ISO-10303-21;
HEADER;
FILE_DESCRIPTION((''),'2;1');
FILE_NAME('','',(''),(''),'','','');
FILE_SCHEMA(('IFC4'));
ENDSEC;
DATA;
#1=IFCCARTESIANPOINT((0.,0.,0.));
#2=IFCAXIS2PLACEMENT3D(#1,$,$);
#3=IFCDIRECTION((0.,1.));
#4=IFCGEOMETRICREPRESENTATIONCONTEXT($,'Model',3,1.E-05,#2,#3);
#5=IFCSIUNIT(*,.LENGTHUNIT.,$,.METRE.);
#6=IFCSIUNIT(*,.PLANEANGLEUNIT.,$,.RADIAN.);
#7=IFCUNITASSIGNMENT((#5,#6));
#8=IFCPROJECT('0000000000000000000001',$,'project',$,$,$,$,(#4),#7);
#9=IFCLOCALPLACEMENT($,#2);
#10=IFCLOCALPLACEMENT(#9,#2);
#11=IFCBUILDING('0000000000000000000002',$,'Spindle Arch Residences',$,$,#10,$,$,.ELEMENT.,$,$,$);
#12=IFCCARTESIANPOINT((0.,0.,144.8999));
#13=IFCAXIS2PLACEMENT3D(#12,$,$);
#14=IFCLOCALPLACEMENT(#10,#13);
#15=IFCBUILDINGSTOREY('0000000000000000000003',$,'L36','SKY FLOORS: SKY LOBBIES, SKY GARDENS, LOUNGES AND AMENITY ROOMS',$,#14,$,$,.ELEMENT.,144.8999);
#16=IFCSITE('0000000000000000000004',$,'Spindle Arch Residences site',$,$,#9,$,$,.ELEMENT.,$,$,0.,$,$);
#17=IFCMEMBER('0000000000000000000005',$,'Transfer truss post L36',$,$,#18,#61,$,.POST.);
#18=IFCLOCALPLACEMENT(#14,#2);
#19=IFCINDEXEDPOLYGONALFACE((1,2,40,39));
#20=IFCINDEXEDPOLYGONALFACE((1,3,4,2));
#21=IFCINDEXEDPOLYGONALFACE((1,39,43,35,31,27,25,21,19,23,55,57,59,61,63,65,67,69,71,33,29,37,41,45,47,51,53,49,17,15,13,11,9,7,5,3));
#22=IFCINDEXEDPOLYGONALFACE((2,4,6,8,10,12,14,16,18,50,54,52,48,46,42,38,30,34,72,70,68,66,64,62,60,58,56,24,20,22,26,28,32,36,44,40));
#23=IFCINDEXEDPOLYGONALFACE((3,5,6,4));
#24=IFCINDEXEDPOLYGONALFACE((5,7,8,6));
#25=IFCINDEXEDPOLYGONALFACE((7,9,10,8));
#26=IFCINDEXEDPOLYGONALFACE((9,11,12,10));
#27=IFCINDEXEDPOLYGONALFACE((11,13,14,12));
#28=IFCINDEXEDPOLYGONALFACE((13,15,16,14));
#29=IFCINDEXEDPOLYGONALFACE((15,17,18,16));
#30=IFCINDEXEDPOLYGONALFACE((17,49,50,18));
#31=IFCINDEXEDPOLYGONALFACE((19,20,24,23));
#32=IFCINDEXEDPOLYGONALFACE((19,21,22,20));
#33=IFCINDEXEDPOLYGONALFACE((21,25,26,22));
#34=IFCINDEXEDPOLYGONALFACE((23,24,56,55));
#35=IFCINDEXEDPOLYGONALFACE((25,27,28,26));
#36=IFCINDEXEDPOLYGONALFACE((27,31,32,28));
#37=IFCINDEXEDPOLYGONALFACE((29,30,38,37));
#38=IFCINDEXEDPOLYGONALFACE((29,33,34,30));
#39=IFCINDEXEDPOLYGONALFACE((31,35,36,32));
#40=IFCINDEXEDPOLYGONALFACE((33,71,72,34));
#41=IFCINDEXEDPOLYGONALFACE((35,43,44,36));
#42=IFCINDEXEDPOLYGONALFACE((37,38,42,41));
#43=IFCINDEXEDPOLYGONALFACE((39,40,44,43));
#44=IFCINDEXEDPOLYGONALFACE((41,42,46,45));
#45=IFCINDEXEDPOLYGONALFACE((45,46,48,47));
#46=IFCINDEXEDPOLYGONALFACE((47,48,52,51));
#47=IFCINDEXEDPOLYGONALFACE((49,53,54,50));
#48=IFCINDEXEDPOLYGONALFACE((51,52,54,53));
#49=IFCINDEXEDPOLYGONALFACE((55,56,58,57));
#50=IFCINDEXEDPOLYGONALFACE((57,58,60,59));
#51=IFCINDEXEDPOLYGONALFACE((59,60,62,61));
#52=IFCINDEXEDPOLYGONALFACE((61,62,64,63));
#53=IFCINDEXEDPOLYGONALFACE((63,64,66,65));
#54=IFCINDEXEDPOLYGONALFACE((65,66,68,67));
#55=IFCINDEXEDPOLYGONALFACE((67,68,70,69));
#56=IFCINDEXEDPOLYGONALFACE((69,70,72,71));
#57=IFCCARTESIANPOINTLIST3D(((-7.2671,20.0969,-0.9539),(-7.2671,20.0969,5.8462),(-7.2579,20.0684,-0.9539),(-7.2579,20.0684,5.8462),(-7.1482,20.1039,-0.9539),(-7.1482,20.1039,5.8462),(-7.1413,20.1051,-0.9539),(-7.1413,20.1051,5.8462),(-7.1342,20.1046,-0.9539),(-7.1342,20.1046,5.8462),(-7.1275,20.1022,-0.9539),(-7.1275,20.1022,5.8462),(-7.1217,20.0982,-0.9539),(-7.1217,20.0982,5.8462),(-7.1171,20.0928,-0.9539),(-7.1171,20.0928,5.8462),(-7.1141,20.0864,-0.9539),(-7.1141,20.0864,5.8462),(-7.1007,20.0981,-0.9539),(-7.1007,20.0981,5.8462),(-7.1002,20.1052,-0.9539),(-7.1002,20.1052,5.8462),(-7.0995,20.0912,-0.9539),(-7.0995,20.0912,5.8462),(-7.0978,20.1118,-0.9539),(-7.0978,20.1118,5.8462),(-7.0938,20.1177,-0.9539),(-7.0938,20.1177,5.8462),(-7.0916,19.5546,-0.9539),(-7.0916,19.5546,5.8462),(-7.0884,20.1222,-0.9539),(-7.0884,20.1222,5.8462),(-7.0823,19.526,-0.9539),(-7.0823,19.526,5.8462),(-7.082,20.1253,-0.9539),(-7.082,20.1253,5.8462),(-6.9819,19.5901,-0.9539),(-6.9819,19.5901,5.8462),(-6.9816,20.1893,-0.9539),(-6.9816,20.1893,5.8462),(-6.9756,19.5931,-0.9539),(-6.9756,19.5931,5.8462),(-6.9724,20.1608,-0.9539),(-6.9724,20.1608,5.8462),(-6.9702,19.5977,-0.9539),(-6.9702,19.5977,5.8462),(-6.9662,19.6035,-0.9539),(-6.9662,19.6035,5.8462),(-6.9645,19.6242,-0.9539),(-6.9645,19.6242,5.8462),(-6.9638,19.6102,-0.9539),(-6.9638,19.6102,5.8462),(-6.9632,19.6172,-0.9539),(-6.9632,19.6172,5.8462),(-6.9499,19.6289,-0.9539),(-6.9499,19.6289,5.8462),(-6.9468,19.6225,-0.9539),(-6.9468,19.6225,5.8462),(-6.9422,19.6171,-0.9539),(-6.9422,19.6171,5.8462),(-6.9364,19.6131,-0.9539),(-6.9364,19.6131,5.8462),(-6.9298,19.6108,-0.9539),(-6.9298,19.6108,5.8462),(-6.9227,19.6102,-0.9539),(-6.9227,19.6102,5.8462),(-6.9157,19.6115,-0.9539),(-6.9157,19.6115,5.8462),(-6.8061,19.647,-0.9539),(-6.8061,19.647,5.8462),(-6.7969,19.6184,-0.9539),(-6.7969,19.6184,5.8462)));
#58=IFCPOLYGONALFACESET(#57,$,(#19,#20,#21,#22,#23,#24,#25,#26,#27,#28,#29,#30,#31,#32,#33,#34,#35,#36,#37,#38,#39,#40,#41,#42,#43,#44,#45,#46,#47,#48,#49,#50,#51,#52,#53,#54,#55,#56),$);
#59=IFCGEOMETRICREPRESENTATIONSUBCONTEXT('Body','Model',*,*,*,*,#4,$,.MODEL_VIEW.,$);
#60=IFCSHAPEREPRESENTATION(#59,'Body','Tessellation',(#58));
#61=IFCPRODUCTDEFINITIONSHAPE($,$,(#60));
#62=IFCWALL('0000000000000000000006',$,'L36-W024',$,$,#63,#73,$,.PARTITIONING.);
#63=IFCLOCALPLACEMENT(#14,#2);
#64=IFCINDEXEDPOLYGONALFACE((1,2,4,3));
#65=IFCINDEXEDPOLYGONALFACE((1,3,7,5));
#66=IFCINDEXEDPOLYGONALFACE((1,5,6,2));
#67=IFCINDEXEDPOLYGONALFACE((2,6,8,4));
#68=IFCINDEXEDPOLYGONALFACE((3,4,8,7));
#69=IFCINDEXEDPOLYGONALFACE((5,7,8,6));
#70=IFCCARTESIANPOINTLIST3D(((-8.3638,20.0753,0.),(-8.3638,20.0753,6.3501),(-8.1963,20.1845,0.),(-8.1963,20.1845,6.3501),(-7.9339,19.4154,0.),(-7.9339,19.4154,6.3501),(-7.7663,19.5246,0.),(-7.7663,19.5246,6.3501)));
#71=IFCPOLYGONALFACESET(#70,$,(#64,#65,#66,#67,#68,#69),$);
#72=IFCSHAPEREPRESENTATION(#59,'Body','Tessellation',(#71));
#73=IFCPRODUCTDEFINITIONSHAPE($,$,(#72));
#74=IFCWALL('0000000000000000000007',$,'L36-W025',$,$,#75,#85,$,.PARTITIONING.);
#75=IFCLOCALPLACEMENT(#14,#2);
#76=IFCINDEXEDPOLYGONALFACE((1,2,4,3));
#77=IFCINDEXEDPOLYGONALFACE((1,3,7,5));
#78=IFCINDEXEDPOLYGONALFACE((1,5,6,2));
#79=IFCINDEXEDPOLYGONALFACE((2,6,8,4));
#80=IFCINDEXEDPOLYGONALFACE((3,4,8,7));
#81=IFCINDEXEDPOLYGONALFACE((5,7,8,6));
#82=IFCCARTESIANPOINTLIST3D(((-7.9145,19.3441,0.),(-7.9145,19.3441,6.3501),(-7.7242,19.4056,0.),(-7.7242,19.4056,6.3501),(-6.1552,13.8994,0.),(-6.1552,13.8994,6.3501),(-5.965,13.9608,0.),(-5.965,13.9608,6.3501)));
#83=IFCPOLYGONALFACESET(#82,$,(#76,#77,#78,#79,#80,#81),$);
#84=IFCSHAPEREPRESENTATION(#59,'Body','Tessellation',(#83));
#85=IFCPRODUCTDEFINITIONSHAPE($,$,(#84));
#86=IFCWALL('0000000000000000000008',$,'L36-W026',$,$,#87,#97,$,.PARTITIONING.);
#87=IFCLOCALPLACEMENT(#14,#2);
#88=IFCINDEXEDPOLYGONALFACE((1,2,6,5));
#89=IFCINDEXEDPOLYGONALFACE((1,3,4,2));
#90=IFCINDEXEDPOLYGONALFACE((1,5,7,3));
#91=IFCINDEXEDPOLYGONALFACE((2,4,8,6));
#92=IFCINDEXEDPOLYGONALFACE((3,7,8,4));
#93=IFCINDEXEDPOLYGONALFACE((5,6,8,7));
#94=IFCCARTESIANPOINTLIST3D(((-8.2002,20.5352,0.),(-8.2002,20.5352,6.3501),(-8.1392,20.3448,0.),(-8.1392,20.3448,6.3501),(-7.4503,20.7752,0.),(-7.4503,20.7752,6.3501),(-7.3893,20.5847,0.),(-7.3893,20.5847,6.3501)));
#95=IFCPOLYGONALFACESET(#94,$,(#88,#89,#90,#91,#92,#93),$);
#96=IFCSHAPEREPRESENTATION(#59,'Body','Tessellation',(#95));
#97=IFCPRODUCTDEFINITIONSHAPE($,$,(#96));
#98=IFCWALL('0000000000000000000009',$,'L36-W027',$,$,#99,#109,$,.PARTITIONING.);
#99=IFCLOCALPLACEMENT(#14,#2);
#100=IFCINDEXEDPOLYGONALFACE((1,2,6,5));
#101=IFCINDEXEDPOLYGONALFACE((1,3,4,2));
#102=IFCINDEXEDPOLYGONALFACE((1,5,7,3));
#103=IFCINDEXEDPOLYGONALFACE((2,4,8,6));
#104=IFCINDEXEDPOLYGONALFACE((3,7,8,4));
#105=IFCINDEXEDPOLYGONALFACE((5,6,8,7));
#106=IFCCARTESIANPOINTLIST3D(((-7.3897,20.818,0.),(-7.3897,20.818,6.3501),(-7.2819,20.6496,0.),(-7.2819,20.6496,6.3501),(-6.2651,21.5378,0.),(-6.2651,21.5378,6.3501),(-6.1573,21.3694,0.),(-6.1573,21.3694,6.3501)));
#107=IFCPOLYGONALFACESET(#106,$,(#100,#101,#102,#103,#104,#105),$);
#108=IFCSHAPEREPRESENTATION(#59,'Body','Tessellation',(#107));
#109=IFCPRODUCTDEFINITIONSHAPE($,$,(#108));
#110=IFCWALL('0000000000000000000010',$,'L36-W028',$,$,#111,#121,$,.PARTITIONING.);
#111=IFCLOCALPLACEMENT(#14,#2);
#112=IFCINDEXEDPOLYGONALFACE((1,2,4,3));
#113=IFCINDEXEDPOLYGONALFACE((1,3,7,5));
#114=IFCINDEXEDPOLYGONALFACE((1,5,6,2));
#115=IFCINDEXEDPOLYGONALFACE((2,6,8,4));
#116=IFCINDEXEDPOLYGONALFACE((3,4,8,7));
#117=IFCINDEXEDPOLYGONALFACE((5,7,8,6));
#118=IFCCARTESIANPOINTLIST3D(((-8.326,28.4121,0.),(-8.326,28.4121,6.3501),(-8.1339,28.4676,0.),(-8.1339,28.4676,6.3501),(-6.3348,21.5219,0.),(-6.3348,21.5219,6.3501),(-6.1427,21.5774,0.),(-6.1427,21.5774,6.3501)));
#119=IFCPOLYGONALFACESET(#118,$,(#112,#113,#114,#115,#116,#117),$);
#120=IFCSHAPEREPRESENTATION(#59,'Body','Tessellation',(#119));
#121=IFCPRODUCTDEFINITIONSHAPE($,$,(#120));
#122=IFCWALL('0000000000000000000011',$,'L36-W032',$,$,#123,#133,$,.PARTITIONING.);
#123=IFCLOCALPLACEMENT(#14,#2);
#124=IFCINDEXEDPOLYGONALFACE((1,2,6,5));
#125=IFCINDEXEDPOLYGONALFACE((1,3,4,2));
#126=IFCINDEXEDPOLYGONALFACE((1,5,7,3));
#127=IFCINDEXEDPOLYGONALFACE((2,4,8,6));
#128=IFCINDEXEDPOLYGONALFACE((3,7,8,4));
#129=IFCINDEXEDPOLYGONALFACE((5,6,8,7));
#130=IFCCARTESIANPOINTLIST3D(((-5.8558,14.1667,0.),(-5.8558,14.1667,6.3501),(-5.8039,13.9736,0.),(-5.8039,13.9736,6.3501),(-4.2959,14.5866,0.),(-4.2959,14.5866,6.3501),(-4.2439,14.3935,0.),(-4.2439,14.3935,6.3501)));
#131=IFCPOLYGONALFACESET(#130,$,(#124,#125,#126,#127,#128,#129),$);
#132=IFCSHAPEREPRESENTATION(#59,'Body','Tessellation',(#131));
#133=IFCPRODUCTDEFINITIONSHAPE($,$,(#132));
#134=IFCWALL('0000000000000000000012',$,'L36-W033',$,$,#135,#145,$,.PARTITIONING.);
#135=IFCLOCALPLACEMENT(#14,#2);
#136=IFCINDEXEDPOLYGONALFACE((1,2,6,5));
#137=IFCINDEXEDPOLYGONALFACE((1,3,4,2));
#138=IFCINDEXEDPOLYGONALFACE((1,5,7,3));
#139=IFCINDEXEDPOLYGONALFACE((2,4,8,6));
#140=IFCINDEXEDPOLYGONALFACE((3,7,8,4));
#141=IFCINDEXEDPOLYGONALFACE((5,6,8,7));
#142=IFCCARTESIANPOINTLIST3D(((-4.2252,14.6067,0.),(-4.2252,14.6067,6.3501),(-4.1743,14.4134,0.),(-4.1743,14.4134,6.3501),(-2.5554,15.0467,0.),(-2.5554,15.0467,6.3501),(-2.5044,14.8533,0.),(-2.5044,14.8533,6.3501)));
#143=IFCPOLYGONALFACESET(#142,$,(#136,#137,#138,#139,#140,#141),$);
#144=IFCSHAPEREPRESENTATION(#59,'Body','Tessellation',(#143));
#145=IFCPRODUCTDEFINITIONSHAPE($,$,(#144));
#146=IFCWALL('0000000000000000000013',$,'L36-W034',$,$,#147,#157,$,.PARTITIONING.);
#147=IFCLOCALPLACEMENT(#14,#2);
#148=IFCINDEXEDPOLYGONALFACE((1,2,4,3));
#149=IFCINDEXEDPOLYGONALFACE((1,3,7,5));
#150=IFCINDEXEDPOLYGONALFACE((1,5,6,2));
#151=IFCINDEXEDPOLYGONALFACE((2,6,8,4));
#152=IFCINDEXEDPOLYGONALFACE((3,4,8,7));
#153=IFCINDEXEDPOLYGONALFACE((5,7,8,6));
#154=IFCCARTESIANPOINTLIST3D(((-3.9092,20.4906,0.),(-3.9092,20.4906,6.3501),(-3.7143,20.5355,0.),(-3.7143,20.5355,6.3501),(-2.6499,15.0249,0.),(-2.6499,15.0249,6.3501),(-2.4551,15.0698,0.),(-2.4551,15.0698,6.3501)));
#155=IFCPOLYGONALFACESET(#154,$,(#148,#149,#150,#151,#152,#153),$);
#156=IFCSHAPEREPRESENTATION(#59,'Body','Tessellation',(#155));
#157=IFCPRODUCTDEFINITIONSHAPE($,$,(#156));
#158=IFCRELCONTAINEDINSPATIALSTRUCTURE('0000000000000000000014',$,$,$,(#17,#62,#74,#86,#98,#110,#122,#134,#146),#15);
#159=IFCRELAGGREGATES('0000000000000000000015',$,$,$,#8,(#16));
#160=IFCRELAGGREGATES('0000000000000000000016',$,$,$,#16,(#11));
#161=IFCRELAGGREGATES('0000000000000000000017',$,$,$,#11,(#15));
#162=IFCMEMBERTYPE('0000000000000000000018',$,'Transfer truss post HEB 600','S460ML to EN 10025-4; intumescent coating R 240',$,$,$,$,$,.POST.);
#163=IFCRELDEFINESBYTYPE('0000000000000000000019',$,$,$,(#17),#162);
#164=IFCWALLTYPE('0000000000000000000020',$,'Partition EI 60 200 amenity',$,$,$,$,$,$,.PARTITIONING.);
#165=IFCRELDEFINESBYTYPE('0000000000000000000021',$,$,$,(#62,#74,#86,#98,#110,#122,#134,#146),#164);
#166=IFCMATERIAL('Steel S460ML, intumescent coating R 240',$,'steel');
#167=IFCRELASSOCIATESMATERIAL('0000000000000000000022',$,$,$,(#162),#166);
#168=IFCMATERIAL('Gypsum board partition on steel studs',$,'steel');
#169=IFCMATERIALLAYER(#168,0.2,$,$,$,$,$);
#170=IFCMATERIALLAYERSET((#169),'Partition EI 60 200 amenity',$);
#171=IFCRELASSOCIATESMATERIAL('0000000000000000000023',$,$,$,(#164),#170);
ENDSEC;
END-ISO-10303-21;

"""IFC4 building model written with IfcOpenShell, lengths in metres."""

from ifc_helpers import new_model, si_unit, direction, frame, frame_2d, origin, origin_2d, place, context, subcontext, project, spatial, rectangle, i_section, extrude, material, layer, layer_set, material_profile, profile_set, type_object, element, save


model = new_model("IFC4")

# Units and contexts
model_context = context("Model", 3, precision=1e-05, world=origin(), true_north=direction((0.0, 1.0)))
body_context = subcontext(model_context, "Body", "Model", "MODEL_VIEW")
ifc_project = project(units=[si_unit("LENGTHUNIT", "METRE"), si_unit("PLANEANGLEUNIT", "RADIAN")], contexts=[model_context])

# Site, building, storey
site_placement = place(None, origin())
site = spatial("IfcSite", under=ifc_project, at=site_placement, Name="Spindle Arch Residences site", CompositionType="ELEMENT", RefElevation=0.0)
building_placement = place(site_placement, origin())
building = spatial("IfcBuilding", under=site, at=building_placement, Name="Spindle Arch Residences", CompositionType="ELEMENT")
storey_placement = place(building_placement, frame((0.0, 0.0, 144.8999)))
storey = spatial("IfcBuildingStorey", under=building, at=storey_placement, Name="L36", Description="SKY FLOORS: SKY LOBBIES, SKY GARDENS, LOUNGES AND AMENITY ROOMS", CompositionType="ELEMENT", Elevation=144.8999)

# Member
ifc_material_1 = material(Name="Steel S460ML, intumescent coating R 240", Category="steel")
ifc_material_profile_1 = material_profile(ifc_material_1, i_section(OverallWidth=0.3, OverallDepth=0.6001, WebThickness=0.0154, FlangeThickness=0.03, FilletRadius=0.0271, at=origin_2d()), Name="HEB 600")
ifc_profile_set_1 = profile_set([ifc_material_profile_1], Name="Steel S460ML, intumescent coating R 240")
member_type_1 = type_object("IfcMemberType", Name="Transfer truss post HEB 600", Description="S460ML to EN 10025-4; intumescent coating R 240", PredefinedType="POST", material=ifc_profile_set_1)
member_1_placement = place(storey_placement, frame((-7.032, 19.8577, -0.9539), z_axis=(0.0, 0.0, 1.0), x_axis=(0.951416, 0.307907, 0.0)))
element("IfcMember", 1, at=member_1_placement, inside=storey, type_object=member_type_1, Name="Transfer truss post L36", PredefinedType="POST", context=body_context, shape_type="SweptSolid", body=[
    extrude(i_section(OverallWidth=0.3, OverallDepth=0.6001, WebThickness=0.0154, FlangeThickness=0.03, FilletRadius=0.0271, at=origin_2d()), origin(), (0.0, 0.0, 1.0), 6.8),
])

# Walls
ifc_material_2 = material(Name="Gypsum board partition on steel studs", Category="steel")
ifc_layer = layer(ifc_material_2, 0.2)
ifc_layer_set = layer_set([ifc_layer], Name="Partition EI 60 200 amenity")
wall_type = type_object("IfcWallType", Name="Partition EI 60 200 amenity", PredefinedType="PARTITIONING", material=ifc_layer_set)
wall_1_placement = place(storey_placement, frame((-8.28, 20.1299, 0.0), z_axis=(0.0, 0.0, 1.0), x_axis=(0.545871, -0.83787, 0.0)))
element("IfcWall", 2, at=wall_1_placement, inside=storey, type_object=wall_type, Name="L36-W024", PredefinedType="PARTITIONING", context=body_context, shape_type="SweptSolid", body=[
    extrude(rectangle(XDim=0.7876, YDim=0.2, at=frame_2d((0.3938, 0.0))), origin(), (0.0, 0.0, 1.0), 6.3501),
])
wall_2_placement = place(storey_placement, frame((-7.8193, 19.3748, 0.0), z_axis=(0.0, 0.0, 1.0), x_axis=(0.307459, -0.951561, 0.0)))
element("IfcWall", 3, at=wall_2_placement, inside=storey, type_object=wall_type, Name="L36-W025", PredefinedType="PARTITIONING", context=body_context, shape_type="SweptSolid", body=[
    extrude(rectangle(XDim=5.7219, YDim=0.2, at=frame_2d((2.8608, 0.0))), origin(), (0.0, 0.0, 1.0), 6.3501),
])
wall_3_placement = place(storey_placement, frame((-7.4199, 20.6799, 0.0), z_axis=(0.0, 0.0, 1.0), x_axis=(-0.952428, -0.304764, 0.0)))
element("IfcWall", 4, at=wall_3_placement, inside=storey, type_object=wall_type, Name="L36-W026", PredefinedType="PARTITIONING", context=body_context, shape_type="SweptSolid", body=[
    extrude(rectangle(XDim=0.7874, YDim=0.2, at=frame_2d((0.3936, 0.0))), origin(), (0.0, 0.0, 1.0), 6.3501),
])
wall_4_placement = place(storey_placement, frame((-7.3357, 20.7339, 0.0), z_axis=(0.0, 0.0, 1.0), x_axis=(0.842258, 0.539074, 0.0)))
element("IfcWall", 5, at=wall_4_placement, inside=storey, type_object=wall_type, Name="L36-W027", PredefinedType="PARTITIONING", context=body_context, shape_type="SweptSolid", body=[
    extrude(rectangle(XDim=1.3352, YDim=0.2, at=frame_2d((0.6675, 0.0))), origin(), (0.0, 0.0, 1.0), 6.3501),
])
wall_5_placement = place(storey_placement, frame((-6.2388, 21.5498, 0.0), z_axis=(0.0, 0.0, 1.0), x_axis=(-0.277633, 0.960687, 0.0)))
element("IfcWall", 6, at=wall_5_placement, inside=storey, type_object=wall_type, Name="L36-W028", PredefinedType="PARTITIONING", context=body_context, shape_type="SweptSolid", body=[
    extrude(rectangle(XDim=7.1721, YDim=0.2, at=frame_2d((3.5859, 0.0))), origin(), (0.0, 0.0, 1.0), 6.3501),
])
wall_6_placement = place(storey_placement, frame((-4.27, 14.49, 0.0), z_axis=(0.0, 0.0, 1.0), x_axis=(-0.96563, -0.259919, 0.0)))
element("IfcWall", 7, at=wall_6_placement, inside=storey, type_object=wall_type, Name="L36-W032", PredefinedType="PARTITIONING", context=body_context, shape_type="SweptSolid", body=[
    extrude(rectangle(XDim=1.6155, YDim=0.2, at=frame_2d((0.8076, 0.0))), origin(), (0.0, 0.0, 1.0), 6.3501),
])
wall_7_placement = place(storey_placement, frame((-2.53, 14.95, 0.0), z_axis=(0.0, 0.0, 1.0), x_axis=(-0.967005, -0.254758, 0.0)))
element("IfcWall", 8, at=wall_7_placement, inside=storey, type_object=wall_type, Name="L36-W033", PredefinedType="PARTITIONING", context=body_context, shape_type="SweptSolid", body=[
    extrude(rectangle(XDim=1.7268, YDim=0.2, at=frame_2d((0.8633, 0.0))), origin(), (0.0, 0.0, 1.0), 6.3501),
])
wall_8_placement = place(storey_placement, frame((-2.5525, 15.0474, 0.0), z_axis=(0.0, 0.0, 1.0), x_axis=(-0.22451, 0.974472, 0.0)))
element("IfcWall", 9, at=wall_8_placement, inside=storey, type_object=wall_type, Name="L36-W034", PredefinedType="PARTITIONING", context=body_context, shape_type="SweptSolid", body=[
    extrude(rectangle(XDim=5.6089, YDim=0.2, at=frame_2d((2.8044, 0.0))), origin(), (0.0, 0.0, 1.0), 6.3501),
])

save(model, "model.ifc")
